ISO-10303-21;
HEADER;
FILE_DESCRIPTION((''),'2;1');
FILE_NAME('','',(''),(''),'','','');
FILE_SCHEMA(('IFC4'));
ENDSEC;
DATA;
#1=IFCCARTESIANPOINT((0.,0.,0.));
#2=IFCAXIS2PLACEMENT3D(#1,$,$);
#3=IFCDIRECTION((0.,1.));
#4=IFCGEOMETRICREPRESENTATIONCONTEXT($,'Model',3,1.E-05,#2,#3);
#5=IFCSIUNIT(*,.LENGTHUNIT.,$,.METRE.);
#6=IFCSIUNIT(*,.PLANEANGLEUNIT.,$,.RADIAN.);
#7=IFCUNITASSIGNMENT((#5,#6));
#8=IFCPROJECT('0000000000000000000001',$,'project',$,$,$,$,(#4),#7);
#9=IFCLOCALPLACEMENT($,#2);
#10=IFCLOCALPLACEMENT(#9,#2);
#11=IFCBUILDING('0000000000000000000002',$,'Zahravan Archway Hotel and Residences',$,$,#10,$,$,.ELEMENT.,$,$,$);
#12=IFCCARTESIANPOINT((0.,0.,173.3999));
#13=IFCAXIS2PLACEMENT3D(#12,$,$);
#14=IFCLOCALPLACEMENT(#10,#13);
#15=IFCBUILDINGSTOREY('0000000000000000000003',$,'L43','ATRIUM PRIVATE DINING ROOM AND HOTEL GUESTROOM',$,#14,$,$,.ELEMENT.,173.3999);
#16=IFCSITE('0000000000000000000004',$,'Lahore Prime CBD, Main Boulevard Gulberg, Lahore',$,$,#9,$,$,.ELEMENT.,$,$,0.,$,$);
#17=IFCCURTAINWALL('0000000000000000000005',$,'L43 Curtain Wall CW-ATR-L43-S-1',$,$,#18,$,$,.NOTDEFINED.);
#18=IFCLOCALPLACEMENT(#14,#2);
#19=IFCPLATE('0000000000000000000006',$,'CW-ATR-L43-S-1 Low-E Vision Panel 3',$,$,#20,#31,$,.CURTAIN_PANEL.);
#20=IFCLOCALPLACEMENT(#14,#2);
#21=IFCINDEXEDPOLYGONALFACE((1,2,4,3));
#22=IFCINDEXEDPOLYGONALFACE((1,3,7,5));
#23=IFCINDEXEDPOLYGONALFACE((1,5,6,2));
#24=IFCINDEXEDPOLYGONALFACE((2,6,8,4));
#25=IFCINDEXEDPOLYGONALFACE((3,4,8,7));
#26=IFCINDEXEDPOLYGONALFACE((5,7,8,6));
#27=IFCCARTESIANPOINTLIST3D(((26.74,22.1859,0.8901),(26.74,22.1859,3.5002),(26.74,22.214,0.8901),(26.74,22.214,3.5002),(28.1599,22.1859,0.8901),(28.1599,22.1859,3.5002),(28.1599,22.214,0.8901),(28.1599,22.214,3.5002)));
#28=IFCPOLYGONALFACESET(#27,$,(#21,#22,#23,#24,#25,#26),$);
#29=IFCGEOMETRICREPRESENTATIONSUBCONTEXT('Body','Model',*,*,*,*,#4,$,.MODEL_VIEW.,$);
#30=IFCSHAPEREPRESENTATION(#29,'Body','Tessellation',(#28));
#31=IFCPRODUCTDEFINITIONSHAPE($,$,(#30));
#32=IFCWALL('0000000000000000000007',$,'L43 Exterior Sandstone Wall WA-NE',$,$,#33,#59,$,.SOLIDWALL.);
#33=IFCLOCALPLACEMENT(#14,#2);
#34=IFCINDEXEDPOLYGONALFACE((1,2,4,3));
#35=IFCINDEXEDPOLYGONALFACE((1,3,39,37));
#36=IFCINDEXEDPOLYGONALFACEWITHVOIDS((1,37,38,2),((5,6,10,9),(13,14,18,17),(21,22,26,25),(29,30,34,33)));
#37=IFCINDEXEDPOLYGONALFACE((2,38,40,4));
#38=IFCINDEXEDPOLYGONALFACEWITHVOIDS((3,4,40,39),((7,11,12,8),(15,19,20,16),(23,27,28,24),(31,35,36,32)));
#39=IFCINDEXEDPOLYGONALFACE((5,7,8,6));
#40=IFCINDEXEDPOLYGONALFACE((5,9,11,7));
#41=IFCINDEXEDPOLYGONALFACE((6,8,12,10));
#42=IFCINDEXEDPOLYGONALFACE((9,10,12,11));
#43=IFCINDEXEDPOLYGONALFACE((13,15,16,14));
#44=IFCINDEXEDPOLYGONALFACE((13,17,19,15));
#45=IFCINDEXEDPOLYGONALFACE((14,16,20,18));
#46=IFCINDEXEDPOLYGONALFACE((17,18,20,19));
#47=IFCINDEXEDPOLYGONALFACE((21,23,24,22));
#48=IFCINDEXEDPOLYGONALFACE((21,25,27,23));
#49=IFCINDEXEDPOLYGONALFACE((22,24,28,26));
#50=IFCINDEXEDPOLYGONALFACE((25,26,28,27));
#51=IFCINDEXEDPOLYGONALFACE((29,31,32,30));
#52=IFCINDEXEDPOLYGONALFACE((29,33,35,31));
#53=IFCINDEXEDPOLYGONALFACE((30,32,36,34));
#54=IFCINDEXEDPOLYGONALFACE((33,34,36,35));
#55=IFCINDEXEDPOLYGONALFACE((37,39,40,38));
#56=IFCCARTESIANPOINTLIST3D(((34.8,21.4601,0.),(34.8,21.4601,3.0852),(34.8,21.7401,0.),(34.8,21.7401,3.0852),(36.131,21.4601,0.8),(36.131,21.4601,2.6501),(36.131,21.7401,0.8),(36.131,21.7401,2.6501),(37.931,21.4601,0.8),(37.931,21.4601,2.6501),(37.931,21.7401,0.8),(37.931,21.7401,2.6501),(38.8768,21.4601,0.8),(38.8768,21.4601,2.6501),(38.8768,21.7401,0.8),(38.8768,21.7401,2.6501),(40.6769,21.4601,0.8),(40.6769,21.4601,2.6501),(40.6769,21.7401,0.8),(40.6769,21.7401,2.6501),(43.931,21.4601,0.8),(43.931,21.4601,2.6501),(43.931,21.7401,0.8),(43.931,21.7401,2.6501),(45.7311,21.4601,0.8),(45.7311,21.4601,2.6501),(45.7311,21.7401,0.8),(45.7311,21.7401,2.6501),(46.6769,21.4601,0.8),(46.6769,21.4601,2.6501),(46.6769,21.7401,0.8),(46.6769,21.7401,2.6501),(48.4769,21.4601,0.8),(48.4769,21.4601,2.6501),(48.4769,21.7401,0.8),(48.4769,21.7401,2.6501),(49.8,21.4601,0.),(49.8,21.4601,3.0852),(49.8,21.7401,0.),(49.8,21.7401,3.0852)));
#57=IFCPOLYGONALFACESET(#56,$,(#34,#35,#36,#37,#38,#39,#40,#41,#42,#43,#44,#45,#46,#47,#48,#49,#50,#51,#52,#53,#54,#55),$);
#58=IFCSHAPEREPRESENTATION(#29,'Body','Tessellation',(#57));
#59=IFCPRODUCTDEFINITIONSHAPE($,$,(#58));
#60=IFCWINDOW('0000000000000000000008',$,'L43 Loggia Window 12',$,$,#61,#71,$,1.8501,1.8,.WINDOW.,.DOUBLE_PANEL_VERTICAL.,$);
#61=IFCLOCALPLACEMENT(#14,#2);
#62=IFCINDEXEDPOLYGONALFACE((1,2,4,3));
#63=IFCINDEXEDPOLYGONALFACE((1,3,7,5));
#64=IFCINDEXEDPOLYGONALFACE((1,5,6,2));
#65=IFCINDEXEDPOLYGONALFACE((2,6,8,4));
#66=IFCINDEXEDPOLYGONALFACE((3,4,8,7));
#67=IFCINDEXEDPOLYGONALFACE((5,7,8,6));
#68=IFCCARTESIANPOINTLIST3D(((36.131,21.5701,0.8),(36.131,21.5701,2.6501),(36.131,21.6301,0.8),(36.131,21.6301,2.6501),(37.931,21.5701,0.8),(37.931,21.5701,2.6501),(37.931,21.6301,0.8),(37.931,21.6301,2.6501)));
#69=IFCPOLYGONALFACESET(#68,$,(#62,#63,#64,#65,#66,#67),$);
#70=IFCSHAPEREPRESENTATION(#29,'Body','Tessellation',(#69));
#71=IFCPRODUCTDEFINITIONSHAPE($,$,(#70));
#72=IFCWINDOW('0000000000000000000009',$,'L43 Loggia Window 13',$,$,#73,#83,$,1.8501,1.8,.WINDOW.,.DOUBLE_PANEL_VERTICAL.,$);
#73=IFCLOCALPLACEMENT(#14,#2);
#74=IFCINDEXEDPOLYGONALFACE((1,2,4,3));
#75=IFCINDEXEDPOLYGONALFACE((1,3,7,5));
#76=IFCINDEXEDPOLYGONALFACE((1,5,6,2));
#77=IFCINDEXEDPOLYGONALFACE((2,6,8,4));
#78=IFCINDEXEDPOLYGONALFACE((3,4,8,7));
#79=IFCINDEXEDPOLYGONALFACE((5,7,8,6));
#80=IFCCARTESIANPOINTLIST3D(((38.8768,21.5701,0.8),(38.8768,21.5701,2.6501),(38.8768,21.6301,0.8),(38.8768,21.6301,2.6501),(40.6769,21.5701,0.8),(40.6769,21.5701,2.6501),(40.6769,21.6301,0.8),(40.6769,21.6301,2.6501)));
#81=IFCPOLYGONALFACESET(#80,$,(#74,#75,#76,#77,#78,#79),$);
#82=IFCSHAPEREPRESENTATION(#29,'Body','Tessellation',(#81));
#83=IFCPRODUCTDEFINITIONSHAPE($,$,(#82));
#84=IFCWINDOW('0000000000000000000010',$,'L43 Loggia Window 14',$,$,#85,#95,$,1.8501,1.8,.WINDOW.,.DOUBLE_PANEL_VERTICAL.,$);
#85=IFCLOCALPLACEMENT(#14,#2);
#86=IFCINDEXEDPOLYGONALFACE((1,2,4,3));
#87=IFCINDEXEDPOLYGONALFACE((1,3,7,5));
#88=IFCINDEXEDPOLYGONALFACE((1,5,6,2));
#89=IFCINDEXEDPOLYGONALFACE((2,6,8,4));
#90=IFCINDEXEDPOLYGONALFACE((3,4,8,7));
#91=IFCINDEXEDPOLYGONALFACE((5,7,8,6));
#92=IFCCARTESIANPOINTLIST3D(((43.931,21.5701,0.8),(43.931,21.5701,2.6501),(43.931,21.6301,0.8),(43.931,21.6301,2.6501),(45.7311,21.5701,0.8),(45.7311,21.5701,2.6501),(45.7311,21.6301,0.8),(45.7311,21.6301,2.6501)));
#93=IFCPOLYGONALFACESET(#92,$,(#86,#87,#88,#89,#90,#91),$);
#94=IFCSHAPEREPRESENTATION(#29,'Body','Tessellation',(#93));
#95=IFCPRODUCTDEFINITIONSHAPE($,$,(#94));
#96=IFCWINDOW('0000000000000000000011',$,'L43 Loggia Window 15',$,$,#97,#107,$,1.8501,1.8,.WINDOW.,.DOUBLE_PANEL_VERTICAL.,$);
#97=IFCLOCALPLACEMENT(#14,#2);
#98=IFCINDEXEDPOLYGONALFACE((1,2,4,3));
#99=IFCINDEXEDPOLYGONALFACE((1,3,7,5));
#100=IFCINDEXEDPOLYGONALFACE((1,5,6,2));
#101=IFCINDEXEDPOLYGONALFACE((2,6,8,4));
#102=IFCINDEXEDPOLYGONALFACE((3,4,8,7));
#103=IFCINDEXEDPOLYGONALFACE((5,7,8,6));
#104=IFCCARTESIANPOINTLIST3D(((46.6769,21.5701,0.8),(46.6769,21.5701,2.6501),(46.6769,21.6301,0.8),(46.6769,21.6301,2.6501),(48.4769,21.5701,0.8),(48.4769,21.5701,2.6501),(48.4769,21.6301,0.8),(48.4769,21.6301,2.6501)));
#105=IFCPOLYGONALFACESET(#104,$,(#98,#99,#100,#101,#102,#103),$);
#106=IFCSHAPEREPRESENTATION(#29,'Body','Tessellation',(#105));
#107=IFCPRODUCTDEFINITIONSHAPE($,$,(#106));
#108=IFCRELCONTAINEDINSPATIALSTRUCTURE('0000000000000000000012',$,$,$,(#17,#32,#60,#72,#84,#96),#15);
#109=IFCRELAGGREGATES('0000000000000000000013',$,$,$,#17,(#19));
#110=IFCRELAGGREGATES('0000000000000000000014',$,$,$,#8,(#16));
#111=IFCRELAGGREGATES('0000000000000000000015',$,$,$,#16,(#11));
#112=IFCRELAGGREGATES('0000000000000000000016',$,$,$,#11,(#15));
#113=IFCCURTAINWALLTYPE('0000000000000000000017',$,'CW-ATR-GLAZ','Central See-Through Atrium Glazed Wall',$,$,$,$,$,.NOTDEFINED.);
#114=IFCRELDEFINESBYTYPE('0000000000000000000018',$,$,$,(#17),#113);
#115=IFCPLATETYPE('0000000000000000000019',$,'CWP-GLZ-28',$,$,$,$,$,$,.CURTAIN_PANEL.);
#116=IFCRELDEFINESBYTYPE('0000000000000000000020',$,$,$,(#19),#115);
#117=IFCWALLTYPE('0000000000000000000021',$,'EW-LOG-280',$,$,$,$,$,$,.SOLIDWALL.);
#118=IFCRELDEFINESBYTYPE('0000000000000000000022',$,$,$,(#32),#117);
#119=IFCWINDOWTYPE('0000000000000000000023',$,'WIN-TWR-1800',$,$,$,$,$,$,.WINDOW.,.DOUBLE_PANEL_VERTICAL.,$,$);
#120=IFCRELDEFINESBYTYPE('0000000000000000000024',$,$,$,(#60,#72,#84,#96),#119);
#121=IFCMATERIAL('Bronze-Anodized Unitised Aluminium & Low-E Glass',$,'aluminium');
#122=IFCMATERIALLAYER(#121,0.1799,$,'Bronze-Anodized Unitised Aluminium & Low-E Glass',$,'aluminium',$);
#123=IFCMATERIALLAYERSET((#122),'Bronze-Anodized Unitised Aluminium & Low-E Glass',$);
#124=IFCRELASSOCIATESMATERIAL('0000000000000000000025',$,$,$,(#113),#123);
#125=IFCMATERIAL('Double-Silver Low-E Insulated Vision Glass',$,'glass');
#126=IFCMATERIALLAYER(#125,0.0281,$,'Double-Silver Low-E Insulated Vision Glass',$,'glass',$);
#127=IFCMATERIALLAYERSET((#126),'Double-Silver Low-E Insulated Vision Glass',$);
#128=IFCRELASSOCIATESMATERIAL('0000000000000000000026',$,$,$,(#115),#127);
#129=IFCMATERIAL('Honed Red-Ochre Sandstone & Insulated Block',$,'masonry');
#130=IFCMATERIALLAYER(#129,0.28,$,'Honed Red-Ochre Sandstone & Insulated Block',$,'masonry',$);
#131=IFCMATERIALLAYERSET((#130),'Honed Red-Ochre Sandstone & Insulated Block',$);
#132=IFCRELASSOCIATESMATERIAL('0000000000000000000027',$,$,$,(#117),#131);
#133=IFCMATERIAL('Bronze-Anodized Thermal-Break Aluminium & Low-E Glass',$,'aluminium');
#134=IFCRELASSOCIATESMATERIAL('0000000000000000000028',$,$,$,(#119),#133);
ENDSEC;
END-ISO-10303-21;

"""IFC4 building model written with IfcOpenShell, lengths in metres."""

from ifc_helpers import new_model, si_unit, direction, frame, frame_2d, origin, origin_2d, place, context, subcontext, project, spatial, rectangle, extrude, source, transform, mapped, material, layer, layer_set, type_object, type_shapes, element, fill, aggregate, save


model = new_model("IFC4")

# Units and contexts
model_context = context("Model", 3, precision=1e-05, world=origin(), true_north=direction((0.0, 1.0)))
body_context = subcontext(model_context, "Body", "Model", "MODEL_VIEW")
ifc_project = project(units=[si_unit("LENGTHUNIT", "METRE"), si_unit("PLANEANGLEUNIT", "RADIAN")], contexts=[model_context])

# Site, building, storey
site_placement = place(None, origin())
site = spatial("IfcSite", under=ifc_project, at=site_placement, Name="Lahore Prime CBD, Main Boulevard Gulberg, Lahore", CompositionType="ELEMENT", RefElevation=0.0)
building_placement = place(site_placement, origin())
building = spatial("IfcBuilding", under=site, at=building_placement, Name="Zahravan Archway Hotel and Residences", CompositionType="ELEMENT")
storey_placement = place(building_placement, frame((0.0, 0.0, 173.3999)))
storey = spatial("IfcBuildingStorey", under=building, at=storey_placement, Name="L43", Description="ATRIUM PRIVATE DINING ROOM AND HOTEL GUESTROOM", CompositionType="ELEMENT", Elevation=173.3999)

# Curtain wall, plate
ifc_material_1 = material(Name="Bronze-Anodized Unitised Aluminium & Low-E Glass", Category="aluminium")
ifc_layer_1 = layer(ifc_material_1, 0.1799, Name="Bronze-Anodized Unitised Aluminium & Low-E Glass", Category="aluminium")
ifc_layer_set_1 = layer_set([ifc_layer_1], Name="Bronze-Anodized Unitised Aluminium & Low-E Glass")
curtain_wall_type = type_object("IfcCurtainWallType", Name="CW-ATR-GLAZ", Description="Central See-Through Atrium Glazed Wall", PredefinedType="NOTDEFINED", material=ifc_layer_set_1)
curtain_wall_placement = place(storey_placement, origin())
curtain_wall = element("IfcCurtainWall", 1, at=curtain_wall_placement, inside=storey, type_object=curtain_wall_type, Name="L43 Curtain Wall CW-ATR-L43-S-1", PredefinedType="NOTDEFINED")
ifc_material_2 = material(Name="Double-Silver Low-E Insulated Vision Glass", Category="glass")
ifc_layer_2 = layer(ifc_material_2, 0.0281, Name="Double-Silver Low-E Insulated Vision Glass", Category="glass")
ifc_layer_set_2 = layer_set([ifc_layer_2], Name="Double-Silver Low-E Insulated Vision Glass")
plate_type = type_object("IfcPlateType", Name="CWP-GLZ-28", PredefinedType="CURTAIN_PANEL", material=ifc_layer_set_2)
shared_shape_1 = source(origin(), body_context, "Body", "SweptSolid", [
    extrude(rectangle(XDim=1.4199, YDim=0.0281, at=origin_2d()), origin(), (0.0, 0.0, 1.0), 2.6101),
])
plate_placement = place(storey_placement, frame((27.45, 22.2, 0.8901), z_axis=(0.0, 0.0, 1.0), x_axis=(1.0, 0.0, 0.0)))
plate = element("IfcPlate", 2, at=plate_placement, type_object=plate_type, Name="CW-ATR-L43-S-1 Low-E Vision Panel 3", PredefinedType="CURTAIN_PANEL", context=body_context, shape_type="MappedRepresentation", body=[
    mapped(shared_shape_1, transform((0.0, 0.0, 0.0), scale=1.0)),
])
aggregate(curtain_wall, [plate])

# Wall, openings, windows
ifc_material_3 = material(Name="Honed Red-Ochre Sandstone & Insulated Block", Category="masonry")
ifc_layer_3 = layer(ifc_material_3, 0.28, Name="Honed Red-Ochre Sandstone & Insulated Block", Category="masonry")
ifc_layer_set_3 = layer_set([ifc_layer_3], Name="Honed Red-Ochre Sandstone & Insulated Block")
wall_type_1 = type_object("IfcWallType", Name="EW-LOG-280", PredefinedType="SOLIDWALL", material=ifc_layer_set_3)
wall_1_placement = place(storey_placement, frame((34.8, 21.6001, 0.0), z_axis=(0.0, 0.0, 1.0), x_axis=(1.0, 0.0, 0.0)))
wall_1 = element("IfcWall", 3, at=wall_1_placement, inside=storey, type_object=wall_type_1, Name="L43 Exterior Sandstone Wall WA-NE", PredefinedType="SOLIDWALL", context=body_context, shape_type="SweptSolid", body=[
    extrude(rectangle(XDim=15.0, YDim=0.28, at=frame_2d((7.5, 0.0))), origin(), (0.0, 0.0, 1.0), 3.0852),
])
opening_1_placement = place(wall_1_placement, frame((1.3311, 0.0, 0.8)))
opening_1 = element("IfcOpeningElement", 4, at=opening_1_placement, cuts=wall_1, PredefinedType="OPENING", context=body_context, shape_type="SweptSolid", body=[
    extrude(rectangle(XDim=1.8, YDim=1.8501, at=frame_2d((0.8999, 0.925))), frame((0.0, 0.1499, 0.0), z_axis=(0.0, -1.0, 0.0), x_axis=(1.0, 0.0, 0.0)), (0.0, 0.0, 1.0), 0.3),
])
opening_2_placement = place(wall_1_placement, frame((4.0769, 0.0, 0.8)))
opening_2 = element("IfcOpeningElement", 5, at=opening_2_placement, cuts=wall_1, PredefinedType="OPENING", context=body_context, shape_type="SweptSolid", body=[
    extrude(rectangle(XDim=1.8, YDim=1.8501, at=frame_2d((0.8999, 0.925))), frame((0.0, 0.1499, 0.0), z_axis=(0.0, -1.0, 0.0), x_axis=(1.0, 0.0, 0.0)), (0.0, 0.0, 1.0), 0.3),
])
opening_3_placement = place(wall_1_placement, frame((9.1311, 0.0, 0.8)))
opening_3 = element("IfcOpeningElement", 6, at=opening_3_placement, cuts=wall_1, PredefinedType="OPENING", context=body_context, shape_type="SweptSolid", body=[
    extrude(rectangle(XDim=1.8, YDim=1.8501, at=frame_2d((0.8999, 0.925))), frame((0.0, 0.1499, 0.0), z_axis=(0.0, -1.0, 0.0), x_axis=(1.0, 0.0, 0.0)), (0.0, 0.0, 1.0), 0.3),
])
opening_4_placement = place(wall_1_placement, frame((11.877, 0.0, 0.8)))
opening_4 = element("IfcOpeningElement", 7, at=opening_4_placement, cuts=wall_1, PredefinedType="OPENING", context=body_context, shape_type="SweptSolid", body=[
    extrude(rectangle(XDim=1.8, YDim=1.8501, at=frame_2d((0.8999, 0.925))), frame((0.0, 0.1499, 0.0), z_axis=(0.0, -1.0, 0.0), x_axis=(1.0, 0.0, 0.0)), (0.0, 0.0, 1.0), 0.3),
])
ifc_material_4 = material(Name="Bronze-Anodized Thermal-Break Aluminium & Low-E Glass", Category="aluminium")
window_type = type_object("IfcWindowType", Name="WIN-TWR-1800", PartitioningType="DOUBLE_PANEL_VERTICAL", PredefinedType="WINDOW", material=ifc_material_4)
shared_shape_2 = source(origin(), body_context, "Body", "SweptSolid", [
    extrude(rectangle(XDim=1.8, YDim=1.8501, at=frame_2d((0.8999, 0.925))), frame((0.0, 0.03, 0.0), z_axis=(0.0, -1.0, 0.0), x_axis=(1.0, 0.0, 0.0)), (0.0, 0.0, 1.0), 0.0601),
])
type_shapes(window_type, [shared_shape_2])
window_1_placement = place(opening_1_placement, origin())
window_1 = element("IfcWindow", 8, at=window_1_placement, inside=storey, type_object=window_type, Name="L43 Loggia Window 12", OverallHeight=1.8501, OverallWidth=1.8, PartitioningType="DOUBLE_PANEL_VERTICAL", PredefinedType="WINDOW", context=body_context, shape_type="MappedRepresentation", body=[
    mapped(shared_shape_2, transform((0.0, 0.0, 0.0), scale=1.0)),
])
fill(opening_1, window_1)
window_2_placement = place(opening_2_placement, origin())
window_2 = element("IfcWindow", 9, at=window_2_placement, inside=storey, type_object=window_type, Name="L43 Loggia Window 13", OverallHeight=1.8501, OverallWidth=1.8, PartitioningType="DOUBLE_PANEL_VERTICAL", PredefinedType="WINDOW", context=body_context, shape_type="MappedRepresentation", body=[
    mapped(shared_shape_2, transform((0.0, 0.0, 0.0), scale=1.0)),
])
fill(opening_2, window_2)
window_3_placement = place(opening_3_placement, origin())
window_3 = element("IfcWindow", 10, at=window_3_placement, inside=storey, type_object=window_type, Name="L43 Loggia Window 14", OverallHeight=1.8501, OverallWidth=1.8, PartitioningType="DOUBLE_PANEL_VERTICAL", PredefinedType="WINDOW", context=body_context, shape_type="MappedRepresentation", body=[
    mapped(shared_shape_2, transform((0.0, 0.0, 0.0), scale=1.0)),
])
fill(opening_3, window_3)
window_4_placement = place(opening_4_placement, origin())
window_4 = element("IfcWindow", 11, at=window_4_placement, inside=storey, type_object=window_type, Name="L43 Loggia Window 15", OverallHeight=1.8501, OverallWidth=1.8, PartitioningType="DOUBLE_PANEL_VERTICAL", PredefinedType="WINDOW", context=body_context, shape_type="MappedRepresentation", body=[
    mapped(shared_shape_2, transform((0.0, 0.0, 0.0), scale=1.0)),
])
fill(opening_4, window_4)

save(model, "model.ifc")
